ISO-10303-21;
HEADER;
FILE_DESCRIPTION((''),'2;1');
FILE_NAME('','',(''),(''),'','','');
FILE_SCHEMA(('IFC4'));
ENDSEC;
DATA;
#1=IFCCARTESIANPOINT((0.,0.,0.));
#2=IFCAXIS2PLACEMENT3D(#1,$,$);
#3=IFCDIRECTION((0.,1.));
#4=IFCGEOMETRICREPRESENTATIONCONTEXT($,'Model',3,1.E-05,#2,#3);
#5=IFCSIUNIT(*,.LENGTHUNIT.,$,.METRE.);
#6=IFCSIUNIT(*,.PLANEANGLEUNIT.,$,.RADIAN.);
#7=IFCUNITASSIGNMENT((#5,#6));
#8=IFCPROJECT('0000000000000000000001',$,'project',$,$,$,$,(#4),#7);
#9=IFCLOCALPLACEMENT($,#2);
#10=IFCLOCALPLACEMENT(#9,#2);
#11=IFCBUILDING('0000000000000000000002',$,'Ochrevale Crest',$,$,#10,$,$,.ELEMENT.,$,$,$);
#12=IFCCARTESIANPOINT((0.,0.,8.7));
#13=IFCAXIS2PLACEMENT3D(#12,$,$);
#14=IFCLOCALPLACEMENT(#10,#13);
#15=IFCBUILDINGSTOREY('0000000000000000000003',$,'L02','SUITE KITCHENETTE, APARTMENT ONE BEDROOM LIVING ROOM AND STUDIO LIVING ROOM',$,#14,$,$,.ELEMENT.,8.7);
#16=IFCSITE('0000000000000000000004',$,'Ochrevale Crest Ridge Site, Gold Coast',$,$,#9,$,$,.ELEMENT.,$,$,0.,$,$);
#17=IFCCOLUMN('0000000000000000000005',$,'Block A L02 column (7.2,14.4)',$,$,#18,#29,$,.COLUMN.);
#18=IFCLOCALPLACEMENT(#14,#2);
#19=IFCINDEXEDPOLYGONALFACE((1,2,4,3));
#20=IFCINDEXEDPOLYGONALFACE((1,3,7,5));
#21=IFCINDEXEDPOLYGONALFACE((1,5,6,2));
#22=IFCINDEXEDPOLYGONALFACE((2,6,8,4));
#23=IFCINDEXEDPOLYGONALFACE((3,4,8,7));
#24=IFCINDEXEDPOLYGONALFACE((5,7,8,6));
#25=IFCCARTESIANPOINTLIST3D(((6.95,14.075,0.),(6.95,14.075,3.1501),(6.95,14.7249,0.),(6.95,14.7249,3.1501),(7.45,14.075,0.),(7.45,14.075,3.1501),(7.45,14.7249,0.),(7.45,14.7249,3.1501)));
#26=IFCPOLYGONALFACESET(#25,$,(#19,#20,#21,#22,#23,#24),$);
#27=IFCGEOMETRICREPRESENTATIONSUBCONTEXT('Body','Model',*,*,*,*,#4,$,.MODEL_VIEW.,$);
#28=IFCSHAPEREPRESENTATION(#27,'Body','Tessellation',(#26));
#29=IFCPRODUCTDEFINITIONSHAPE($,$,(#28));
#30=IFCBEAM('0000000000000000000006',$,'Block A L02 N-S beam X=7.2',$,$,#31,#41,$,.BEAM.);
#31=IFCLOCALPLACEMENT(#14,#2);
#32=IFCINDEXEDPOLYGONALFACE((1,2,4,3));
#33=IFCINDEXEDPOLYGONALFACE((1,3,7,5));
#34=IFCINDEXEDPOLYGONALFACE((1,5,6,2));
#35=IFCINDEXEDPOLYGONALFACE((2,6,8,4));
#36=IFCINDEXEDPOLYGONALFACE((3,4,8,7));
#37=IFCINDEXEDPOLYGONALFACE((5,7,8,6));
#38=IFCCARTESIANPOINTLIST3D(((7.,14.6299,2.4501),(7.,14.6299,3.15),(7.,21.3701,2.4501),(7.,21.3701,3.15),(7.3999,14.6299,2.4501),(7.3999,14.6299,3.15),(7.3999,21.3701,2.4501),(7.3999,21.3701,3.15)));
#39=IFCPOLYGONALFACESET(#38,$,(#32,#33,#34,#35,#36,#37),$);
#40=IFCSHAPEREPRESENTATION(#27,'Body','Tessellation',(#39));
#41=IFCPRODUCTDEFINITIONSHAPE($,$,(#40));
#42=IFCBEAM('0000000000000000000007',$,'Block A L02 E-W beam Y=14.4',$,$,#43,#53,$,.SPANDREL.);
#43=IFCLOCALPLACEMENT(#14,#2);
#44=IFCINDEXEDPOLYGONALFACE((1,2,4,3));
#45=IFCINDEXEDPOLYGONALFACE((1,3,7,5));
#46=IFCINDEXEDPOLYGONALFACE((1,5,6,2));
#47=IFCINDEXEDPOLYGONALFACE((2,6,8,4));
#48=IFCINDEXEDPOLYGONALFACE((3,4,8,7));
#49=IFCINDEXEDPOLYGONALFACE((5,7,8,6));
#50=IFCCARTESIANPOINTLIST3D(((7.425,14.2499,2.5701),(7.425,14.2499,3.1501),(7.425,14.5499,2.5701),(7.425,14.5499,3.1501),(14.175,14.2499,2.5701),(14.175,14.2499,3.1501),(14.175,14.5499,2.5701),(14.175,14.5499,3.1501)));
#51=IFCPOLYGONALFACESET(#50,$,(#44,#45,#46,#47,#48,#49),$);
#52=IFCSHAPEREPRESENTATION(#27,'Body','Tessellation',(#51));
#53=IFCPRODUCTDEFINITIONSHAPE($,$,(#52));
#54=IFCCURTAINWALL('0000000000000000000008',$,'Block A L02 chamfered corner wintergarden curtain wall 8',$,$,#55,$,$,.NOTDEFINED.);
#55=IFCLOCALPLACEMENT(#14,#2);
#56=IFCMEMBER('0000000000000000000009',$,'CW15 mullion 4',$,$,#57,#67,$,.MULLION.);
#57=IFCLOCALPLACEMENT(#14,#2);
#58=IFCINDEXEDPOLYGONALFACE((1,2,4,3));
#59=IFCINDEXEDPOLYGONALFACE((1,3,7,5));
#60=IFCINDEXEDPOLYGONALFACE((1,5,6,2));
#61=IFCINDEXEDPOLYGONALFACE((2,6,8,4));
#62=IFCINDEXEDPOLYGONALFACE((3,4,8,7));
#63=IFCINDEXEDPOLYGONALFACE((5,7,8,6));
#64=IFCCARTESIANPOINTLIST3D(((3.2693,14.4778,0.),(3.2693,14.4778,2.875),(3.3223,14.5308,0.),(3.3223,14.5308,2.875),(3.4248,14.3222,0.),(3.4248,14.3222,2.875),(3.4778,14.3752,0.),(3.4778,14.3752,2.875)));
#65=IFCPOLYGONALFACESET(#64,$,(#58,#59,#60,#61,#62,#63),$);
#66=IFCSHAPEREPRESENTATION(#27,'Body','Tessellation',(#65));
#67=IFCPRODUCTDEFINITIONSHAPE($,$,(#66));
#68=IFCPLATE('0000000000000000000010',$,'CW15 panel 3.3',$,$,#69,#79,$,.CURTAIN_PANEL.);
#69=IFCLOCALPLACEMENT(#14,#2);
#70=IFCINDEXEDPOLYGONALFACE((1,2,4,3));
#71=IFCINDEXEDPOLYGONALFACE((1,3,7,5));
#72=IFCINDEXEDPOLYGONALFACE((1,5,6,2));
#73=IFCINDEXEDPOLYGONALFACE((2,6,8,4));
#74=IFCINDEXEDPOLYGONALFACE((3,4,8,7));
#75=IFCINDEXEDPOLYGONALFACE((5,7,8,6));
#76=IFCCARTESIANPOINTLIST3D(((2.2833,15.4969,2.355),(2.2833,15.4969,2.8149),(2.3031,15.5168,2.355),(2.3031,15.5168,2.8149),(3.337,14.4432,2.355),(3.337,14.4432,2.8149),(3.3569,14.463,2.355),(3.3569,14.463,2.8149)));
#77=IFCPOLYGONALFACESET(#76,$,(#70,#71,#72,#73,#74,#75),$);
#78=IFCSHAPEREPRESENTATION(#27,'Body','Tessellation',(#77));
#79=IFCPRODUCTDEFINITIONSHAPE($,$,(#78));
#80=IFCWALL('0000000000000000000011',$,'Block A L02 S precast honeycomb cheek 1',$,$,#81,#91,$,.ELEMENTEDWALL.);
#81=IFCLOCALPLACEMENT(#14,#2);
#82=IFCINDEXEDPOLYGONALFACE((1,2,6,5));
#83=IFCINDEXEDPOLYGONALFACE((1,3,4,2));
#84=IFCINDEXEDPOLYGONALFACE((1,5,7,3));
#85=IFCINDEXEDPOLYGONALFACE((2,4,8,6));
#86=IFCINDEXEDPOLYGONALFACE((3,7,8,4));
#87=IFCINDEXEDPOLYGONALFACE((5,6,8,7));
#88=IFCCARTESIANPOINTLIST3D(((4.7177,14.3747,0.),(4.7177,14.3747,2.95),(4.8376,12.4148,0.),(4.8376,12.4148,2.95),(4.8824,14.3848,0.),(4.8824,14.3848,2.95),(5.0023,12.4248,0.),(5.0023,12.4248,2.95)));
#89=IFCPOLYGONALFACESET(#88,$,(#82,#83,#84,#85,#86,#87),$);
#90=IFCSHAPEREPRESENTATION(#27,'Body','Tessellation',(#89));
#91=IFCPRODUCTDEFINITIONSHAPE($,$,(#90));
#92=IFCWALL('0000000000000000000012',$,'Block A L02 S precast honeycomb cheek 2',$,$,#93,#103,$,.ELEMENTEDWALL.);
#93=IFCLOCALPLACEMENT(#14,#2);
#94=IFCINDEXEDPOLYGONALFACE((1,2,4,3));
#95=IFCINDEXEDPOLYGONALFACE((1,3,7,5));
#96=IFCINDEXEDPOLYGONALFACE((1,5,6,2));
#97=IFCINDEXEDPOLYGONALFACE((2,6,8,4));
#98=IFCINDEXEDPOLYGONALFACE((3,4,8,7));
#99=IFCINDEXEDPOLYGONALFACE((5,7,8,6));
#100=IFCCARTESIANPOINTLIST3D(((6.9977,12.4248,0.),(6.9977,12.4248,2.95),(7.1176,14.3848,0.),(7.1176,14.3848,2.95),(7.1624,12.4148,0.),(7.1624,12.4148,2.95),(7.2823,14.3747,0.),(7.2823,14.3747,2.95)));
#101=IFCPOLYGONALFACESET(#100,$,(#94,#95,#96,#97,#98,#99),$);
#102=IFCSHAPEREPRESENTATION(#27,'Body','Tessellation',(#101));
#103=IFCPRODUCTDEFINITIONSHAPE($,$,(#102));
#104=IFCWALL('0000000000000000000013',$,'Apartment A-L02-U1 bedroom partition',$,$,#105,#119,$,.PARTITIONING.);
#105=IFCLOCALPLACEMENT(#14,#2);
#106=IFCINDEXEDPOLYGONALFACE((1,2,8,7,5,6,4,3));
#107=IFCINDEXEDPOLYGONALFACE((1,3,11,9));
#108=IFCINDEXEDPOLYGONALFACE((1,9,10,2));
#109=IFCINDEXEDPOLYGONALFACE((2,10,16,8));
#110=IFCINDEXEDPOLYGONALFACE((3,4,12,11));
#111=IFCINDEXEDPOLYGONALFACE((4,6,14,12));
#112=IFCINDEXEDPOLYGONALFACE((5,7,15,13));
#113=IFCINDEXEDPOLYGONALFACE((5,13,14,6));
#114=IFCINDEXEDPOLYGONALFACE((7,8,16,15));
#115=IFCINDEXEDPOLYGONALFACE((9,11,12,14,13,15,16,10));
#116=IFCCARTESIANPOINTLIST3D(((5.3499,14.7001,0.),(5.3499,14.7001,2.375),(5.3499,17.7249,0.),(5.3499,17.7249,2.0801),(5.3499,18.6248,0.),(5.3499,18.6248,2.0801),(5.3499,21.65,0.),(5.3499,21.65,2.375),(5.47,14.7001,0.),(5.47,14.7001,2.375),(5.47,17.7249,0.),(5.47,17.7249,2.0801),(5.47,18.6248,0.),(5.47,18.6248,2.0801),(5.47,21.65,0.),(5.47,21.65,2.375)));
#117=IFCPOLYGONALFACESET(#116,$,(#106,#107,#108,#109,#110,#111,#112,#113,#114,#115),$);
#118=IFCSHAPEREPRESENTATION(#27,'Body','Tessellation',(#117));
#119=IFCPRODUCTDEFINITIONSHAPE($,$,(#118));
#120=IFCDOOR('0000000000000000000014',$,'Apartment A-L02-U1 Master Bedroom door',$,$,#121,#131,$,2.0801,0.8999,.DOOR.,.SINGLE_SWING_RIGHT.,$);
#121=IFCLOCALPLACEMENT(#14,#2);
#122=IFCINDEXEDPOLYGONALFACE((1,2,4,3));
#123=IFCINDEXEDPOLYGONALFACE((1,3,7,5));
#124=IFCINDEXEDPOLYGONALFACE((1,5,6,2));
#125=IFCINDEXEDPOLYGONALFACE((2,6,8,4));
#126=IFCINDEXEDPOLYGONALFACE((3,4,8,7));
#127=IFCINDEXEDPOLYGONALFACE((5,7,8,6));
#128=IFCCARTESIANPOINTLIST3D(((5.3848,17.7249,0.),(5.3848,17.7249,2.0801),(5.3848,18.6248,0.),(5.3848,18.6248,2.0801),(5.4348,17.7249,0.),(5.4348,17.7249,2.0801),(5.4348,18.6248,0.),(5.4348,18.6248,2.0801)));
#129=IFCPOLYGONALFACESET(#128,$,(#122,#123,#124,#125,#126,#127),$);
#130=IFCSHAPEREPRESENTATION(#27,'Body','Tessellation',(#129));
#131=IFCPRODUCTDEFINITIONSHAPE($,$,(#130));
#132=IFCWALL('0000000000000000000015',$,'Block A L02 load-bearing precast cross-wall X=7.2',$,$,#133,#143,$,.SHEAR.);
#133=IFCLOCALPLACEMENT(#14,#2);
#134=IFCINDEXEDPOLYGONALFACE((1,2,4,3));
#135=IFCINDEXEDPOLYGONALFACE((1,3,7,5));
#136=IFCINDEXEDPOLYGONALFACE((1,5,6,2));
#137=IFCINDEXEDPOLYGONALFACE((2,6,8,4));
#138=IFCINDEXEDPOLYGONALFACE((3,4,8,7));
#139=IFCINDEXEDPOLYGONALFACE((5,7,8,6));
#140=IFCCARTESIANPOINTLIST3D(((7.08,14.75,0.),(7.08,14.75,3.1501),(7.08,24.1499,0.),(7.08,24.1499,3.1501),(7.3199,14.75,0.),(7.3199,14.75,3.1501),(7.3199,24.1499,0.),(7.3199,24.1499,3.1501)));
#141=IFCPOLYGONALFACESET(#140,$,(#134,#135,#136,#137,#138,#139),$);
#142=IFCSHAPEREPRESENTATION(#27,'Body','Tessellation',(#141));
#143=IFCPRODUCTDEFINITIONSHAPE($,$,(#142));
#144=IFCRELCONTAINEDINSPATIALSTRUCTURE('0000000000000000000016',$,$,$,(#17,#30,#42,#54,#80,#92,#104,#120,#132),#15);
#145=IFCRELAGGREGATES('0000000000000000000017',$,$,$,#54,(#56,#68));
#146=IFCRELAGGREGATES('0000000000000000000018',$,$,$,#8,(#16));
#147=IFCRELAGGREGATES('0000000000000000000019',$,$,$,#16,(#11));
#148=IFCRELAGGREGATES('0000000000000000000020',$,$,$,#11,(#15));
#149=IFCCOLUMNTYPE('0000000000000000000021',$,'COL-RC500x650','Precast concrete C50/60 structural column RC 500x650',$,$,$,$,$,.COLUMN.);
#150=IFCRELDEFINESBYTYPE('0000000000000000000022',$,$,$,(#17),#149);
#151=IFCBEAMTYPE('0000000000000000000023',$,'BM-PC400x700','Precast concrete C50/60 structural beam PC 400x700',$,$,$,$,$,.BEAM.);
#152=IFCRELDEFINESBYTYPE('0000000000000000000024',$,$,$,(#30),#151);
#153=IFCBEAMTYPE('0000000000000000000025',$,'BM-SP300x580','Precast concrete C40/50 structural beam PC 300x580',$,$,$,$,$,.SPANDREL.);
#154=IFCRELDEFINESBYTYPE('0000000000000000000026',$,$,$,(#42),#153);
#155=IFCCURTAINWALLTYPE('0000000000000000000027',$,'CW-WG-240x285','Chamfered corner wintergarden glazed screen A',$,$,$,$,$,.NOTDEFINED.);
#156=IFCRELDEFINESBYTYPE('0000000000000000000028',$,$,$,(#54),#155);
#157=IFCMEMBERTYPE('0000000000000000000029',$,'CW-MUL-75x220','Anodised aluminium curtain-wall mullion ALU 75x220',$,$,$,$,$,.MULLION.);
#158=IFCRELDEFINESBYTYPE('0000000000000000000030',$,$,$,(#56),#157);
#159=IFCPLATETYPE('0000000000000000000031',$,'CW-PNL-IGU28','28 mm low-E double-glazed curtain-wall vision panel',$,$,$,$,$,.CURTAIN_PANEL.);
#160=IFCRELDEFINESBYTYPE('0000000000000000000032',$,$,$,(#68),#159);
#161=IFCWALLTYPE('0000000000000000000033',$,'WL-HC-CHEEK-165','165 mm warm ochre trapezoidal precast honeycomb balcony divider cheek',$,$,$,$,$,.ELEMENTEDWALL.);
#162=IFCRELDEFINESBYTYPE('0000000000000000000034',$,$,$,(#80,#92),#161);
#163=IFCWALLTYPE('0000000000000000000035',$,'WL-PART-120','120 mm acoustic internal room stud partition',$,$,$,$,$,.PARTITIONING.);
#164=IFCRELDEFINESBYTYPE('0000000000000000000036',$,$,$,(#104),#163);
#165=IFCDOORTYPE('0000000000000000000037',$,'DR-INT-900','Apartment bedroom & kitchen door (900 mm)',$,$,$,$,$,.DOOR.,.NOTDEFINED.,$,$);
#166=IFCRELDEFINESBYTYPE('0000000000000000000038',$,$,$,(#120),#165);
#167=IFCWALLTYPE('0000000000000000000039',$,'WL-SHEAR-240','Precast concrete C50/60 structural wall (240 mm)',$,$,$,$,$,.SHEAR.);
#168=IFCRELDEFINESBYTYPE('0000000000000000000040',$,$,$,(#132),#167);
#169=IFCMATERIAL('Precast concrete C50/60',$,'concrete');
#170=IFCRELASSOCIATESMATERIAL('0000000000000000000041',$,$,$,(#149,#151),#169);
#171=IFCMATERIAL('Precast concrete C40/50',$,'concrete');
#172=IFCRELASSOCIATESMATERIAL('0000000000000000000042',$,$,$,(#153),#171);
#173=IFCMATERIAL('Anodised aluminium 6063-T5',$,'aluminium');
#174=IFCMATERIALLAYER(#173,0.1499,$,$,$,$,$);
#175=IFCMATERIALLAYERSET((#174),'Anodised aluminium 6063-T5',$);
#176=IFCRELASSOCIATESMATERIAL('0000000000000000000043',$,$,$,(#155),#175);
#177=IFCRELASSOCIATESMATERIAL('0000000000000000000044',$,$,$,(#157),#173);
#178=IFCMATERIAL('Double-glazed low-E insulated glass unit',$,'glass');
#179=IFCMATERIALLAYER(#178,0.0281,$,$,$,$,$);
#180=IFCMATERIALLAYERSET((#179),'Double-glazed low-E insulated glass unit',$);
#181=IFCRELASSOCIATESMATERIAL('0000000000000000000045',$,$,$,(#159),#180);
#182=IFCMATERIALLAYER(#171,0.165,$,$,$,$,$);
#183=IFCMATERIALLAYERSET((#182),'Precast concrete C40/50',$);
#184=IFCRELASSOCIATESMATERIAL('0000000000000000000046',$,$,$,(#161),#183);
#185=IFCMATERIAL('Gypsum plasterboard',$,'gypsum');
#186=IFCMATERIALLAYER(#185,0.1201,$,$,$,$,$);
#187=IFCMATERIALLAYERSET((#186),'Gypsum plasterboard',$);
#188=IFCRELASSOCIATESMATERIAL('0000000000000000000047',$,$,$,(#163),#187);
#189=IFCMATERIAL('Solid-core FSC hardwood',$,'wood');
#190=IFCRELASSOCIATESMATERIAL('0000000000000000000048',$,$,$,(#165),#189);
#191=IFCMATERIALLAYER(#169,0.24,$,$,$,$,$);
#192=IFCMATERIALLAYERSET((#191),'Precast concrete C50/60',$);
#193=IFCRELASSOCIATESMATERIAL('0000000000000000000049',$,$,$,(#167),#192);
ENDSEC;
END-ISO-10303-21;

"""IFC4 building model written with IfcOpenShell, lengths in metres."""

from ifc_helpers import new_model, si_unit, direction, frame, frame_2d, origin, origin_2d, place, context, subcontext, project, spatial, rectangle, extrude, material, layer, layer_set, material_profile, profile_set, type_object, element, fill, aggregate, save


model = new_model("IFC4")

# Units and contexts
model_context = context("Model", 3, precision=1e-05, world=origin(), true_north=direction((0.0, 1.0)))
body_context = subcontext(model_context, "Body", "Model", "MODEL_VIEW")
ifc_project = project(units=[si_unit("LENGTHUNIT", "METRE"), si_unit("PLANEANGLEUNIT", "RADIAN")], contexts=[model_context])

# Site, building, storey
site_placement = place(None, origin())
site = spatial("IfcSite", under=ifc_project, at=site_placement, Name="Ochrevale Crest Ridge Site, Gold Coast", CompositionType="ELEMENT", RefElevation=0.0)
building_placement = place(site_placement, origin())
building = spatial("IfcBuilding", under=site, at=building_placement, Name="Ochrevale Crest", CompositionType="ELEMENT")
storey_placement = place(building_placement, frame((0.0, 0.0, 8.7)))
storey = spatial("IfcBuildingStorey", under=building, at=storey_placement, Name="L02", Description="SUITE KITCHENETTE, APARTMENT ONE BEDROOM LIVING ROOM AND STUDIO LIVING ROOM", CompositionType="ELEMENT", Elevation=8.7)

# Column
ifc_material_1 = material(Name="Precast concrete C50/60", Category="concrete")
ifc_material_profile_1 = material_profile(ifc_material_1, rectangle(XDim=0.5, YDim=0.6499, at=origin_2d()), Name="RC 500x650")
ifc_profile_set_1 = profile_set([ifc_material_profile_1], Name="Precast concrete C50/60")
column_type = type_object("IfcColumnType", Name="COL-RC500x650", Description="Precast concrete C50/60 structural column RC 500x650", PredefinedType="COLUMN", material=ifc_profile_set_1)
column_placement = place(storey_placement, frame((7.2, 14.3999, 0.0), z_axis=(0.0, 0.0, 1.0), x_axis=(1.0, 0.0, 0.0)))
element("IfcColumn", 1, at=column_placement, inside=storey, type_object=column_type, Name="Block A L02 column (7.2,14.4)", PredefinedType="COLUMN", context=body_context, shape_type="SweptSolid", body=[
    extrude(rectangle(XDim=0.5, YDim=0.6499, at=origin_2d()), origin(), (0.0, 0.0, 1.0), 3.1501),
])

# Beams
ifc_material_profile_2 = material_profile(ifc_material_1, rectangle(XDim=0.3999, YDim=0.7, at=origin_2d()), Name="PC 400x700")
ifc_profile_set_2 = profile_set([ifc_material_profile_2], Name="Precast concrete C50/60")
beam_type_1 = type_object("IfcBeamType", Name="BM-PC400x700", Description="Precast concrete C50/60 structural beam PC 400x700", PredefinedType="BEAM", material=ifc_profile_set_2)
beam_1_placement = place(storey_placement, frame((7.2, 14.6299, 2.8), z_axis=(0.0, 1.0, 0.0), x_axis=(-1.0, 0.0, 0.0)))
element("IfcBeam", 2, at=beam_1_placement, inside=storey, type_object=beam_type_1, Name="Block A L02 N-S beam X=7.2", PredefinedType="BEAM", context=body_context, shape_type="SweptSolid", body=[
    extrude(rectangle(XDim=0.3999, YDim=0.7, at=origin_2d()), origin(), (0.0, 0.0, 1.0), 6.7402),
])
ifc_material_2 = material(Name="Precast concrete C40/50", Category="concrete")
ifc_material_profile_3 = material_profile(ifc_material_2, rectangle(XDim=0.3, YDim=0.5801, at=origin_2d()), Name="PC 300x580")
ifc_profile_set_3 = profile_set([ifc_material_profile_3], Name="Precast concrete C40/50")
beam_type_2 = type_object("IfcBeamType", Name="BM-SP300x580", Description="Precast concrete C40/50 structural beam PC 300x580", PredefinedType="SPANDREL", material=ifc_profile_set_3)
beam_2_placement = place(storey_placement, frame((7.425, 14.3999, 2.8601), z_axis=(1.0, 0.0, 0.0), x_axis=(0.0, 1.0, 0.0)))
element("IfcBeam", 3, at=beam_2_placement, inside=storey, type_object=beam_type_2, Name="Block A L02 E-W beam Y=14.4", PredefinedType="SPANDREL", context=body_context, shape_type="SweptSolid", body=[
    extrude(rectangle(XDim=0.3, YDim=0.5801, at=origin_2d()), origin(), (0.0, 0.0, 1.0), 6.75),
])

# Curtain wall, member, plate
ifc_material_3 = material(Name="Anodised aluminium 6063-T5", Category="aluminium")
ifc_layer_1 = layer(ifc_material_3, 0.1499)
ifc_layer_set_1 = layer_set([ifc_layer_1], Name="Anodised aluminium 6063-T5")
curtain_wall_type = type_object("IfcCurtainWallType", Name="CW-WG-240x285", Description="Chamfered corner wintergarden glazed screen A", PredefinedType="NOTDEFINED", material=ifc_layer_set_1)
curtain_wall_placement = place(storey_placement, origin())
curtain_wall = element("IfcCurtainWall", 4, at=curtain_wall_placement, inside=storey, type_object=curtain_wall_type, Name="Block A L02 chamfered corner wintergarden curtain wall 8", PredefinedType="NOTDEFINED")
ifc_material_profile_4 = material_profile(ifc_material_3, rectangle(XDim=0.075, YDim=0.22, at=origin_2d()), Name="ALU 75x220")
ifc_profile_set_4 = profile_set([ifc_material_profile_4], Name="Anodised aluminium 6063-T5")
member_type = type_object("IfcMemberType", Name="CW-MUL-75x220", Description="Anodised aluminium curtain-wall mullion ALU 75x220", PredefinedType="MULLION", material=ifc_profile_set_4)
member_placement = place(storey_placement, frame((3.3735, 14.4265, 0.0), z_axis=(0.0, 0.0, 1.0), x_axis=(0.707107, 0.707107, 0.0)))
member = element("IfcMember", 5, at=member_placement, type_object=member_type, Name="CW15 mullion 4", PredefinedType="MULLION", context=body_context, shape_type="SweptSolid", body=[
    extrude(rectangle(XDim=0.075, YDim=0.22, at=origin_2d()), origin(), (0.0, 0.0, 1.0), 2.875),
])
ifc_material_4 = material(Name="Double-glazed low-E insulated glass unit", Category="glass")
ifc_layer_2 = layer(ifc_material_4, 0.0281)
ifc_layer_set_2 = layer_set([ifc_layer_2], Name="Double-glazed low-E insulated glass unit")
plate_type = type_object("IfcPlateType", Name="CW-PNL-IGU28", Description="28 mm low-E double-glazed curtain-wall vision panel", PredefinedType="CURTAIN_PANEL", material=ifc_layer_set_2)
plate_placement = place(storey_placement, frame((2.8201, 14.98, 2.355), z_axis=(0.0, 0.0, 1.0), x_axis=(0.707107, -0.707107, 0.0)))
plate = element("IfcPlate", 6, at=plate_placement, type_object=plate_type, Name="CW15 panel 3.3", PredefinedType="CURTAIN_PANEL", context=body_context, shape_type="SweptSolid", body=[
    extrude(rectangle(XDim=1.4902, YDim=0.0281, at=origin_2d()), origin(), (0.0, 0.0, 1.0), 0.46),
])
aggregate(curtain_wall, [member, plate])

# Walls
ifc_layer_3 = layer(ifc_material_2, 0.165)
ifc_layer_set_3 = layer_set([ifc_layer_3], Name="Precast concrete C40/50")
wall_type_1 = type_object("IfcWallType", Name="WL-HC-CHEEK-165", Description="165 mm warm ochre trapezoidal precast honeycomb balcony divider cheek", PredefinedType="ELEMENTEDWALL", material=ifc_layer_set_3)
for number, where, z_axis, x_axis, name in (
    (7, (4.8, 14.3799, 0.0), (0.0, 0.0, 1.0), (0.061047, -0.998135, 0.0), "Block A L02 S precast honeycomb cheek 1"),
    (8, (7.2, 14.3799, 0.0), (0.0, 0.0, 1.0), (-0.061047, -0.998135, 0.0), "Block A L02 S precast honeycomb cheek 2"),
):
    element("IfcWall", number, at=place(storey_placement, frame(where, z_axis=z_axis, x_axis=x_axis)), inside=storey, type_object=wall_type_1, Name=name, PredefinedType="ELEMENTEDWALL", context=body_context, shape_type="SweptSolid", body=[
        extrude(rectangle(XDim=1.9636, YDim=0.165, at=frame_2d((0.9819, 0.0))), origin(), (0.0, 0.0, 1.0), 2.95),
    ])

# Wall, opening, door
ifc_material_5 = material(Name="Gypsum plasterboard", Category="gypsum")
ifc_layer_4 = layer(ifc_material_5, 0.1201)
ifc_layer_set_4 = layer_set([ifc_layer_4], Name="Gypsum plasterboard")
wall_type_2 = type_object("IfcWallType", Name="WL-PART-120", Description="120 mm acoustic internal room stud partition", PredefinedType="PARTITIONING", material=ifc_layer_set_4)
wall_1_placement = place(storey_placement, frame((5.4099, 14.7, 0.0), z_axis=(0.0, 0.0, 1.0), x_axis=(0.0, 1.0, 0.0)))
wall_1 = element("IfcWall", 9, at=wall_1_placement, inside=storey, type_object=wall_type_2, Name="Apartment A-L02-U1 bedroom partition", PredefinedType="PARTITIONING", context=body_context, shape_type="SweptSolid", body=[
    extrude(rectangle(XDim=6.95, YDim=0.1201, at=frame_2d((3.4751, 0.0))), origin(), (0.0, 0.0, 1.0), 2.375),
])
opening_1_placement = place(wall_1_placement, frame((3.9248, 0.0, 0.0), z_axis=(0.0, 0.0, 1.0), x_axis=(-1.0, 0.0, 0.0)))
opening_1 = element("IfcOpeningElement", 10, at=opening_1_placement, cuts=wall_1, PredefinedType="OPENING", context=body_context, shape_type="SweptSolid", body=[
    extrude(rectangle(XDim=0.8999, YDim=2.0801, at=frame_2d((0.45, 1.04))), frame((0.0, 0.0701, 0.0), z_axis=(0.0, -1.0, 0.0), x_axis=(1.0, 0.0, 0.0)), (0.0, 0.0, 1.0), 0.1401),
])
ifc_material_6 = material(Name="Solid-core FSC hardwood", Category="wood")
door_type_1 = type_object("IfcDoorType", Name="DR-INT-900", Description="Apartment bedroom & kitchen door (900 mm)", OperationType="NOTDEFINED", PredefinedType="DOOR", material=ifc_material_6)
door_1_placement = place(opening_1_placement, origin())
door_1 = element("IfcDoor", 11, at=door_1_placement, inside=storey, type_object=door_type_1, Name="Apartment A-L02-U1 Master Bedroom door", OperationType="SINGLE_SWING_RIGHT", OverallHeight=2.0801, OverallWidth=0.8999, PredefinedType="DOOR", context=body_context, shape_type="SweptSolid", body=[
    extrude(rectangle(XDim=0.8999, YDim=2.0801, at=frame_2d((0.45, 1.04))), frame((0.0, 0.0249, 0.0), z_axis=(0.0, -1.0, 0.0), x_axis=(1.0, 0.0, 0.0)), (0.0, 0.0, 1.0), 0.05),
])
fill(opening_1, door_1)

# Wall
ifc_layer_5 = layer(ifc_material_1, 0.24)
ifc_layer_set_5 = layer_set([ifc_layer_5], Name="Precast concrete C50/60")
wall_type_3 = type_object("IfcWallType", Name="WL-SHEAR-240", Description="Precast concrete C50/60 structural wall (240 mm)", PredefinedType="SHEAR", material=ifc_layer_set_5)
wall_2_placement = place(storey_placement, frame((7.2, 14.75, 0.0), z_axis=(0.0, 0.0, 1.0), x_axis=(0.0, 1.0, 0.0)))
element("IfcWall", 12, at=wall_2_placement, inside=storey, type_object=wall_type_3, Name="Block A L02 load-bearing precast cross-wall X=7.2", PredefinedType="SHEAR", context=body_context, shape_type="SweptSolid", body=[
    extrude(rectangle(XDim=9.3999, YDim=0.24, at=frame_2d((4.7, 0.0))), origin(), (0.0, 0.0, 1.0), 3.1501),
])

save(model, "model.ifc")
